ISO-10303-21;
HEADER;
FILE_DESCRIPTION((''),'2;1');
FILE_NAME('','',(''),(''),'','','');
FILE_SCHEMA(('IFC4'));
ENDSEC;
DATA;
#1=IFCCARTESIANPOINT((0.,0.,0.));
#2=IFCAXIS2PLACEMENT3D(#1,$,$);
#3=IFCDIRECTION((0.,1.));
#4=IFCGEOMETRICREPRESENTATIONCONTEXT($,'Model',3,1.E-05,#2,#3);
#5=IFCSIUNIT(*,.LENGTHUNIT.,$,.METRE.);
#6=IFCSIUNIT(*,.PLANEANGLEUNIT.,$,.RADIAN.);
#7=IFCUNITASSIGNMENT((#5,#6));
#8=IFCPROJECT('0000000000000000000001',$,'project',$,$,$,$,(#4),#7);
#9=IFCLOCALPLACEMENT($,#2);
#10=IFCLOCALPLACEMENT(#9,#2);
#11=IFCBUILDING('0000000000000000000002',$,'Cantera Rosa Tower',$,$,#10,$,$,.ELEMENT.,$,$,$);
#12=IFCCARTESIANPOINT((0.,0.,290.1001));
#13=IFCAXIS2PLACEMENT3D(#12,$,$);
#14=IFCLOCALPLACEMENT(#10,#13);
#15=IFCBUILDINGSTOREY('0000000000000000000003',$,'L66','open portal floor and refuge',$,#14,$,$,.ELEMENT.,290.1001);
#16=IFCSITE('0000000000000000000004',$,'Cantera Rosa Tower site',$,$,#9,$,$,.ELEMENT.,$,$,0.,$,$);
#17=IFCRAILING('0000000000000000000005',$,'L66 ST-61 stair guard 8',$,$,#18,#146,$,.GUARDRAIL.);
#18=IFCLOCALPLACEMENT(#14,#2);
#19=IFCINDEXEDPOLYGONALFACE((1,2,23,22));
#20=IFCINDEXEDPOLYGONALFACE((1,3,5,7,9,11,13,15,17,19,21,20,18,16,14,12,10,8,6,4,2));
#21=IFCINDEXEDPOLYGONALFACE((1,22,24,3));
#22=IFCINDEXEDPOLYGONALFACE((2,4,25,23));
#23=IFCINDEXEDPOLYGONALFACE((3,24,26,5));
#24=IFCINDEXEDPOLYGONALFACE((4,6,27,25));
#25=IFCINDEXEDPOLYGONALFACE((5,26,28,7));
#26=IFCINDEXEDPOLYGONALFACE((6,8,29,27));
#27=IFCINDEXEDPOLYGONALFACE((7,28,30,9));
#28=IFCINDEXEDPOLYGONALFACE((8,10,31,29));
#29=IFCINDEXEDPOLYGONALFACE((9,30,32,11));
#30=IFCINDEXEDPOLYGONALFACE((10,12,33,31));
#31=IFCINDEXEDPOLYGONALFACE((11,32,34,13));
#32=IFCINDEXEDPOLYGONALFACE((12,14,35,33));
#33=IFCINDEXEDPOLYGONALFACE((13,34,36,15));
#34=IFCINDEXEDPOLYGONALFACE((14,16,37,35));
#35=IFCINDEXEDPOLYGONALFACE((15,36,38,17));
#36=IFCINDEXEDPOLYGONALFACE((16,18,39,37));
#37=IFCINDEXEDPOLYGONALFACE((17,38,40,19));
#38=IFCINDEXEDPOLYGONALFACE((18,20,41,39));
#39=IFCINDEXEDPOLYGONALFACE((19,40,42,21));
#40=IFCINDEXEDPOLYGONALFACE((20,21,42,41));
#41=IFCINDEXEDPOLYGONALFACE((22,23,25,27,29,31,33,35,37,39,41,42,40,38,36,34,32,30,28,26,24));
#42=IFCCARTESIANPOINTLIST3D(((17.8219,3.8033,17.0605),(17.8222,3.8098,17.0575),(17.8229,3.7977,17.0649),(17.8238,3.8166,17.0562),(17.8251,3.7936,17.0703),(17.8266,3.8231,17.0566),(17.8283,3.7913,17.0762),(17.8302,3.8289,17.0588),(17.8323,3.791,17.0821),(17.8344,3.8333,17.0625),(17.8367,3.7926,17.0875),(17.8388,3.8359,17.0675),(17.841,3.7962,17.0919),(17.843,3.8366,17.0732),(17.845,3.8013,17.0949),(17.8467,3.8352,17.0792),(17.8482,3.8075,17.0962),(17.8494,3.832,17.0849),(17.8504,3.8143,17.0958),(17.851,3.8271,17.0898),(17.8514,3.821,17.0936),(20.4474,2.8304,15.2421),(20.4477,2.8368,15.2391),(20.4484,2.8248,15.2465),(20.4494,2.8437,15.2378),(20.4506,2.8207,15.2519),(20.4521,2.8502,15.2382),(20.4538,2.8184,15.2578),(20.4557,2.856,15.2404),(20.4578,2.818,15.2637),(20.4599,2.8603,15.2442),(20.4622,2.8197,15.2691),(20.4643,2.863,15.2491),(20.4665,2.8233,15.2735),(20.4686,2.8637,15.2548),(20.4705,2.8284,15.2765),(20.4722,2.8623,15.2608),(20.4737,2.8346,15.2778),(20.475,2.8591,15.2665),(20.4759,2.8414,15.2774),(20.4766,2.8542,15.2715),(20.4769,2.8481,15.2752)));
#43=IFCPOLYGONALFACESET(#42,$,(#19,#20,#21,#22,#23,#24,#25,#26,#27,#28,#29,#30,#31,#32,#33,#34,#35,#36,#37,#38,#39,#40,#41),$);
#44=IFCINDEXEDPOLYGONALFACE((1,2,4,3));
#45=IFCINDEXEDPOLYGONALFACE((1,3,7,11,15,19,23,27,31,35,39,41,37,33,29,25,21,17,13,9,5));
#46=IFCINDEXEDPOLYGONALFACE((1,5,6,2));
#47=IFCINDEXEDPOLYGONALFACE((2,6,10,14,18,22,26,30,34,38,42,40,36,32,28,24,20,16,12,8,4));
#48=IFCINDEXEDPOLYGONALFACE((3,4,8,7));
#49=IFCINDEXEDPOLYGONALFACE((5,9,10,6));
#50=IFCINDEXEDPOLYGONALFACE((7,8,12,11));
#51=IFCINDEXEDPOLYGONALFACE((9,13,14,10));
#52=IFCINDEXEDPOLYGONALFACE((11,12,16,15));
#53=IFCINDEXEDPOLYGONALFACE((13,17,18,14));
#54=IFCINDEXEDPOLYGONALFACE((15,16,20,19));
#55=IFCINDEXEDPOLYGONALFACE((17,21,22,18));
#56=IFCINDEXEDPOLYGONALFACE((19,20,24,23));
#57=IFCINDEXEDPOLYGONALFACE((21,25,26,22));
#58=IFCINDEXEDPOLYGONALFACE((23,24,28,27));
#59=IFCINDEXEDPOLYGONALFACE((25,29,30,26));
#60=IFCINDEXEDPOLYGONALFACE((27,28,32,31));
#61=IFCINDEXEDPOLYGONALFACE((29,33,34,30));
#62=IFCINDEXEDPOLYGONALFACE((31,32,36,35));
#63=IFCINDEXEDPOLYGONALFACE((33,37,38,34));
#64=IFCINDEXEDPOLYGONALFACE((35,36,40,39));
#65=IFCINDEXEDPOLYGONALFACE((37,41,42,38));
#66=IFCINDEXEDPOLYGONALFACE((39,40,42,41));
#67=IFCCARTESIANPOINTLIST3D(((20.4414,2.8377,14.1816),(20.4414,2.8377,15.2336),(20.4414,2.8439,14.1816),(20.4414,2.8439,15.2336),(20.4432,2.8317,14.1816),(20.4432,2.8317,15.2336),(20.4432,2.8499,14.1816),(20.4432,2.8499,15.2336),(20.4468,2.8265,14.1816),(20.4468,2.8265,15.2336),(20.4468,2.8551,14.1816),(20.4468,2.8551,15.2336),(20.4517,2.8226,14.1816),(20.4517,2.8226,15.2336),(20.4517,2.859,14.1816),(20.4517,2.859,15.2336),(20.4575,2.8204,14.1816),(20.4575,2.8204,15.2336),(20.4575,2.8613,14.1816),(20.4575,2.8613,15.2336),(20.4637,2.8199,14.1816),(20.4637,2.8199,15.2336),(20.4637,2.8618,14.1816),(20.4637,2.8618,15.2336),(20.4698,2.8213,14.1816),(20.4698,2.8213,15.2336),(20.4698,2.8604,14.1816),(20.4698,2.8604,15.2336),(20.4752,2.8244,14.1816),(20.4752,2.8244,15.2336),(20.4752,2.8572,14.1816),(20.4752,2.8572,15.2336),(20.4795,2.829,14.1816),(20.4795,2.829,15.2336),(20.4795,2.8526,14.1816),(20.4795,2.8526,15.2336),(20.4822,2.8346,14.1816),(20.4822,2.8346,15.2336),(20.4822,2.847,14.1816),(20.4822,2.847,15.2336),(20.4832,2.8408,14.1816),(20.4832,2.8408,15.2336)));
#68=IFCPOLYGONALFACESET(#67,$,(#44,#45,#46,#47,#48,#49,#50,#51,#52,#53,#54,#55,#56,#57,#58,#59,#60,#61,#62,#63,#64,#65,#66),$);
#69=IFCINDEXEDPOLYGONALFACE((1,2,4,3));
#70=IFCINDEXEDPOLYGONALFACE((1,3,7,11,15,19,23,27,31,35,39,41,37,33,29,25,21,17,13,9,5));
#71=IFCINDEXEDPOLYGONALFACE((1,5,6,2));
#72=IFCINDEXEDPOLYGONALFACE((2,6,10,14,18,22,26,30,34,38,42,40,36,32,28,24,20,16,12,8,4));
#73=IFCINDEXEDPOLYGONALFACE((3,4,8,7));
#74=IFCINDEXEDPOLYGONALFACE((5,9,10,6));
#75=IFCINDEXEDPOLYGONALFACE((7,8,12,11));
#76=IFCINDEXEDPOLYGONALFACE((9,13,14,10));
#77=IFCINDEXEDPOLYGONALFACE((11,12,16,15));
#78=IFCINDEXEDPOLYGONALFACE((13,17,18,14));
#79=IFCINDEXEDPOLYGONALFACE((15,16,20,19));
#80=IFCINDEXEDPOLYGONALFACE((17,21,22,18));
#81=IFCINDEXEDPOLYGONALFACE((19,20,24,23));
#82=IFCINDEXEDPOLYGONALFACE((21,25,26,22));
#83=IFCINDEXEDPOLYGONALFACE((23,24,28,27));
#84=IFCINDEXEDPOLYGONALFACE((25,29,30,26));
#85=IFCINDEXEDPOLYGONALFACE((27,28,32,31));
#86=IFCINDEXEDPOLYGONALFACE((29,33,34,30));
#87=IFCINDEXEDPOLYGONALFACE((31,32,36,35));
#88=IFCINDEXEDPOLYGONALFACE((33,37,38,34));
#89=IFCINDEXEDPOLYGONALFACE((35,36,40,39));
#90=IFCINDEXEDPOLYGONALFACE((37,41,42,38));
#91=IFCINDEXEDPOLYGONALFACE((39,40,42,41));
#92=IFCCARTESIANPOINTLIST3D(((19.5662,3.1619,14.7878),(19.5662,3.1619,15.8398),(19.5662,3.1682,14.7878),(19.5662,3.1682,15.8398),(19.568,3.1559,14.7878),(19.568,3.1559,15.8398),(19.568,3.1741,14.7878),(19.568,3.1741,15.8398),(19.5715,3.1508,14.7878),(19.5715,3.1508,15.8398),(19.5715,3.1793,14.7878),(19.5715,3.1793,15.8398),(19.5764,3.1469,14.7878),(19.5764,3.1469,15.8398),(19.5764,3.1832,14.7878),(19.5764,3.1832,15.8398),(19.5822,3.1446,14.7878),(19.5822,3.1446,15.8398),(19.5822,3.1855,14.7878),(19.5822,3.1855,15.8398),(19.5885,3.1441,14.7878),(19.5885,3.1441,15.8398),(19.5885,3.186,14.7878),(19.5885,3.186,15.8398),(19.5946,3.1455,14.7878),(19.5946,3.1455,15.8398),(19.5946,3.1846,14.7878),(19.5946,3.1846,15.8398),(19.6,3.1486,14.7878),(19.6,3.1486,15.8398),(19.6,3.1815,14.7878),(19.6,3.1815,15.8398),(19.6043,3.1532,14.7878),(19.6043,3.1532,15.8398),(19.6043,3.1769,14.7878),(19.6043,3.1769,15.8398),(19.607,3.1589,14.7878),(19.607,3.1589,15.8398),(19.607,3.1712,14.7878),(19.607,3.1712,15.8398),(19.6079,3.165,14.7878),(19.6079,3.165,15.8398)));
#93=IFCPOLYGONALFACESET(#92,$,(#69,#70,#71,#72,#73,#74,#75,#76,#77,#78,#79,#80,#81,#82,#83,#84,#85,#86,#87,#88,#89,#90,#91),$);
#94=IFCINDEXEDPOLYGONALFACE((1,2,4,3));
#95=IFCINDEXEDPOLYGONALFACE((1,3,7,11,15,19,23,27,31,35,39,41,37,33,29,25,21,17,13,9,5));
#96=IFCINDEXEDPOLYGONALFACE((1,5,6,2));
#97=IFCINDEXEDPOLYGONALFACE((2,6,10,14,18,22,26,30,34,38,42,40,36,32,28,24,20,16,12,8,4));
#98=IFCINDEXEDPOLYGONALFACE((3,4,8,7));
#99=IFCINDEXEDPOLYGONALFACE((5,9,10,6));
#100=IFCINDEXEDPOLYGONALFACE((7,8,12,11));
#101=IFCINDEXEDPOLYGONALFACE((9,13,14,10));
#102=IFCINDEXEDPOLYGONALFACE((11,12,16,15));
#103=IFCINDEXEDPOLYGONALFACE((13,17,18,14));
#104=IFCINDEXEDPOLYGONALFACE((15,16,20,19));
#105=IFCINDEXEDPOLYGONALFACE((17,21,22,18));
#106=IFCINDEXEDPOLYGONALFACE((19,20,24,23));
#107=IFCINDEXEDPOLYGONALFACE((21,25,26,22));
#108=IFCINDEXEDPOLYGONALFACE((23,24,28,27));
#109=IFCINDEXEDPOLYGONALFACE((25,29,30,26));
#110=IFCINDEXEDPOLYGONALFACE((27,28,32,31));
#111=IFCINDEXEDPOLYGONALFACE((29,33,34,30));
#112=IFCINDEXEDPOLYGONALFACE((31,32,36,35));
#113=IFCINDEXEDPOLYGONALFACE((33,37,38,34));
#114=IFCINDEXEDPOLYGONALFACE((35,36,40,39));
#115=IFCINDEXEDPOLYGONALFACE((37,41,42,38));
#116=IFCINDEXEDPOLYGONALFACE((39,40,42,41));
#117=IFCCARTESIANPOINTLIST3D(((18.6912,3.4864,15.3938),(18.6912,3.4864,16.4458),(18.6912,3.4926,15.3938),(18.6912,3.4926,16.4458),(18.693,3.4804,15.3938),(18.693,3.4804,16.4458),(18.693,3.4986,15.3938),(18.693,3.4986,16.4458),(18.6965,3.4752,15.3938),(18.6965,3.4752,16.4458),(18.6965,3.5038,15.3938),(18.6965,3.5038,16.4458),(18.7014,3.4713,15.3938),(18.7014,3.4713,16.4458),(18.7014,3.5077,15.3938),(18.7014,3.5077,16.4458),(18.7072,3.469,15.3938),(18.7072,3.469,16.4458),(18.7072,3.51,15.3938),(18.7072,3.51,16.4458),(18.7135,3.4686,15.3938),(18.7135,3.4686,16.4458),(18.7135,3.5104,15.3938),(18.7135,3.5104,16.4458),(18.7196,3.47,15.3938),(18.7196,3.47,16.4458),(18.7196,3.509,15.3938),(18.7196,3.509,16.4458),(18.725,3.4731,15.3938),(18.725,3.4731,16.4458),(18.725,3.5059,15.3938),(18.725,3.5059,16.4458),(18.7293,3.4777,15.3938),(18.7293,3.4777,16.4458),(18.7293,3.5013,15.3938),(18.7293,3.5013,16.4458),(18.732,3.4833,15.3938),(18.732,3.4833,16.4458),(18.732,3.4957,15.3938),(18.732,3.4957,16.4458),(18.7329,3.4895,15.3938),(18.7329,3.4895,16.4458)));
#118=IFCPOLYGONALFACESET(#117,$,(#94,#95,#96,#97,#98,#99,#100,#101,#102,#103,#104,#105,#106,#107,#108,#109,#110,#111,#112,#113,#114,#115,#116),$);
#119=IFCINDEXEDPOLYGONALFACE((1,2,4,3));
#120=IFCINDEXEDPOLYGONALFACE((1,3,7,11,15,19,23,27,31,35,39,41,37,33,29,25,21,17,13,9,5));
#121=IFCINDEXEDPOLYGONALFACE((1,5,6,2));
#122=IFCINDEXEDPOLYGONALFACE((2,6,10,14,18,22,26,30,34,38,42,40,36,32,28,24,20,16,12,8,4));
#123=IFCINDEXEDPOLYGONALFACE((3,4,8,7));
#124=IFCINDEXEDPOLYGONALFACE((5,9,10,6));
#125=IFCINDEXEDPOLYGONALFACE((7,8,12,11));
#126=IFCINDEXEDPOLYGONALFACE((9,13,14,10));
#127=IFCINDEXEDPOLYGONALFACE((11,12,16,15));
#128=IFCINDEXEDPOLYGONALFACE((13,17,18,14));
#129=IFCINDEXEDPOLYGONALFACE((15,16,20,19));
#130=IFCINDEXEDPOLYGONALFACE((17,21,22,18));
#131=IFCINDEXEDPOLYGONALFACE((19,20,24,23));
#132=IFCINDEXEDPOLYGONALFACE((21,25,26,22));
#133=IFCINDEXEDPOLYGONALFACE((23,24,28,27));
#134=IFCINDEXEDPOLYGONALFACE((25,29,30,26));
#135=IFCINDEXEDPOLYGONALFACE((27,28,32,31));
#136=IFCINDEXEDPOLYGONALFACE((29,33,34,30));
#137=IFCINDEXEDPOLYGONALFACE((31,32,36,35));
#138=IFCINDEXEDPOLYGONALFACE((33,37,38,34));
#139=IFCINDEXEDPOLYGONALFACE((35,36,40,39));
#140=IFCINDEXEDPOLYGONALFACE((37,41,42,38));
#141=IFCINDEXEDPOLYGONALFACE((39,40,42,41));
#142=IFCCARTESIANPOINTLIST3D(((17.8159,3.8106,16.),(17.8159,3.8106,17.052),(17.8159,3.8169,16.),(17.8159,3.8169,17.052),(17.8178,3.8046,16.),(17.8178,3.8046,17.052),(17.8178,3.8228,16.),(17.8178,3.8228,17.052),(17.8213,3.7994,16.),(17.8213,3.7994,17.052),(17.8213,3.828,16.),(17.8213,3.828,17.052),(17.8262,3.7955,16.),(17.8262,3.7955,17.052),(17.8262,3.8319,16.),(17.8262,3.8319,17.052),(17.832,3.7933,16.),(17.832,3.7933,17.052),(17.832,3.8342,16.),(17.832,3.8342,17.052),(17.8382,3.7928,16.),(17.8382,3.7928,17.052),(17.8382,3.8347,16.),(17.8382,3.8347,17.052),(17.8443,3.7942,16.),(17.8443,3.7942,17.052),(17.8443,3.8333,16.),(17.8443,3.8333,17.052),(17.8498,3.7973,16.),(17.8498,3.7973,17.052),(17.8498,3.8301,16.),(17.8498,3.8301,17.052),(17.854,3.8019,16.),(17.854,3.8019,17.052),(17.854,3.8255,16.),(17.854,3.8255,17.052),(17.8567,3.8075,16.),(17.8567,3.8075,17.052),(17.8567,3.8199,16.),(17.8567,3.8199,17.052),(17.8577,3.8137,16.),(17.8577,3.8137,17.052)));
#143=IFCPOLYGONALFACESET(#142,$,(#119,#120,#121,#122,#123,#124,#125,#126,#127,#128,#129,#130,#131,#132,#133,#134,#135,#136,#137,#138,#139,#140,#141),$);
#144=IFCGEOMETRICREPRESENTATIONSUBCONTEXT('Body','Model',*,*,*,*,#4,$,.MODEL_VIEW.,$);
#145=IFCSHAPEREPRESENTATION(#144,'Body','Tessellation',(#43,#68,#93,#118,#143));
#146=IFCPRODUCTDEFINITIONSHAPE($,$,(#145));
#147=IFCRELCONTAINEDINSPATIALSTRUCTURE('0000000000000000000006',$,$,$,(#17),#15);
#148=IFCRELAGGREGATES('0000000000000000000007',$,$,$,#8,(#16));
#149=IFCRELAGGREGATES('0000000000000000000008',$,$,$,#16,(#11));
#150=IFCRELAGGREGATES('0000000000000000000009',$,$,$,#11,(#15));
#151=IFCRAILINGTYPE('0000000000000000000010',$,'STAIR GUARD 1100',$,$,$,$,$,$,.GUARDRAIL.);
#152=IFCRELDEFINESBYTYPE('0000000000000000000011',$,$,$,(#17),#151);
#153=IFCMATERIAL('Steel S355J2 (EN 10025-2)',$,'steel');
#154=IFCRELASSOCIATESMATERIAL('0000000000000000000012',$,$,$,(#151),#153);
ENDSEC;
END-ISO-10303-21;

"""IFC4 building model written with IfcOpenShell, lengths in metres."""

from ifc_helpers import new_model, si_unit, direction, frame, origin, origin_2d, place, context, subcontext, project, spatial, circle, extrude, material, type_object, element, save


model = new_model("IFC4")

# Units and contexts
model_context = context("Model", 3, precision=1e-05, world=origin(), true_north=direction((0.0, 1.0)))
body_context = subcontext(model_context, "Body", "Model", "MODEL_VIEW")
ifc_project = project(units=[si_unit("LENGTHUNIT", "METRE"), si_unit("PLANEANGLEUNIT", "RADIAN")], contexts=[model_context])

# Site, building, storey
site_placement = place(None, origin())
site = spatial("IfcSite", under=ifc_project, at=site_placement, Name="Cantera Rosa Tower site", CompositionType="ELEMENT", RefElevation=0.0)
building_placement = place(site_placement, origin())
building = spatial("IfcBuilding", under=site, at=building_placement, Name="Cantera Rosa Tower", CompositionType="ELEMENT")
storey_placement = place(building_placement, frame((0.0, 0.0, 290.1001)))
storey = spatial("IfcBuildingStorey", under=building, at=storey_placement, Name="L66", Description="open portal floor and refuge", CompositionType="ELEMENT", Elevation=290.1001)

# Railing
ifc_material_1 = material(Name="Steel S355J2 (EN 10025-2)", Category="steel")
railing_type_1 = type_object("IfcRailingType", Name="STAIR GUARD 1100", PredefinedType="GUARDRAIL", material=ifc_material_1)
railing_1_placement = place(storey_placement, frame((20.4622, 2.8408, 14.1816)))
element("IfcRailing", 1, at=railing_1_placement, inside=storey, type_object=railing_type_1, Name="L66 ST-61 stair guard 8", PredefinedType="GUARDRAIL", context=body_context, shape_type="SweptSolid", body=[
    extrude(circle(Radius=0.0239, at=origin_2d()), frame((0.0, 0.0, 1.0762), z_axis=(-0.786407, 0.291411, 0.54465), x_axis=(-0.347471, -0.937691, 0.0)), (0.0, 0.0, 1.0), 3.3386),
    extrude(circle(Radius=0.021, at=origin_2d()), origin(), (0.0, 0.0, 1.0), 1.052),
    extrude(circle(Radius=0.021, at=origin_2d()), frame((-0.8752, 0.3242, 0.6062)), (0.0, 0.0, 1.0), 1.052),
    extrude(circle(Radius=0.021, at=origin_2d()), frame((-1.7502, 0.6487, 1.2122)), (0.0, 0.0, 1.0), 1.052),
    extrude(circle(Radius=0.021, at=origin_2d()), frame((-2.6255, 0.9729, 1.8184)), (0.0, 0.0, 1.0), 1.052),
])

save(model, "model.ifc")
